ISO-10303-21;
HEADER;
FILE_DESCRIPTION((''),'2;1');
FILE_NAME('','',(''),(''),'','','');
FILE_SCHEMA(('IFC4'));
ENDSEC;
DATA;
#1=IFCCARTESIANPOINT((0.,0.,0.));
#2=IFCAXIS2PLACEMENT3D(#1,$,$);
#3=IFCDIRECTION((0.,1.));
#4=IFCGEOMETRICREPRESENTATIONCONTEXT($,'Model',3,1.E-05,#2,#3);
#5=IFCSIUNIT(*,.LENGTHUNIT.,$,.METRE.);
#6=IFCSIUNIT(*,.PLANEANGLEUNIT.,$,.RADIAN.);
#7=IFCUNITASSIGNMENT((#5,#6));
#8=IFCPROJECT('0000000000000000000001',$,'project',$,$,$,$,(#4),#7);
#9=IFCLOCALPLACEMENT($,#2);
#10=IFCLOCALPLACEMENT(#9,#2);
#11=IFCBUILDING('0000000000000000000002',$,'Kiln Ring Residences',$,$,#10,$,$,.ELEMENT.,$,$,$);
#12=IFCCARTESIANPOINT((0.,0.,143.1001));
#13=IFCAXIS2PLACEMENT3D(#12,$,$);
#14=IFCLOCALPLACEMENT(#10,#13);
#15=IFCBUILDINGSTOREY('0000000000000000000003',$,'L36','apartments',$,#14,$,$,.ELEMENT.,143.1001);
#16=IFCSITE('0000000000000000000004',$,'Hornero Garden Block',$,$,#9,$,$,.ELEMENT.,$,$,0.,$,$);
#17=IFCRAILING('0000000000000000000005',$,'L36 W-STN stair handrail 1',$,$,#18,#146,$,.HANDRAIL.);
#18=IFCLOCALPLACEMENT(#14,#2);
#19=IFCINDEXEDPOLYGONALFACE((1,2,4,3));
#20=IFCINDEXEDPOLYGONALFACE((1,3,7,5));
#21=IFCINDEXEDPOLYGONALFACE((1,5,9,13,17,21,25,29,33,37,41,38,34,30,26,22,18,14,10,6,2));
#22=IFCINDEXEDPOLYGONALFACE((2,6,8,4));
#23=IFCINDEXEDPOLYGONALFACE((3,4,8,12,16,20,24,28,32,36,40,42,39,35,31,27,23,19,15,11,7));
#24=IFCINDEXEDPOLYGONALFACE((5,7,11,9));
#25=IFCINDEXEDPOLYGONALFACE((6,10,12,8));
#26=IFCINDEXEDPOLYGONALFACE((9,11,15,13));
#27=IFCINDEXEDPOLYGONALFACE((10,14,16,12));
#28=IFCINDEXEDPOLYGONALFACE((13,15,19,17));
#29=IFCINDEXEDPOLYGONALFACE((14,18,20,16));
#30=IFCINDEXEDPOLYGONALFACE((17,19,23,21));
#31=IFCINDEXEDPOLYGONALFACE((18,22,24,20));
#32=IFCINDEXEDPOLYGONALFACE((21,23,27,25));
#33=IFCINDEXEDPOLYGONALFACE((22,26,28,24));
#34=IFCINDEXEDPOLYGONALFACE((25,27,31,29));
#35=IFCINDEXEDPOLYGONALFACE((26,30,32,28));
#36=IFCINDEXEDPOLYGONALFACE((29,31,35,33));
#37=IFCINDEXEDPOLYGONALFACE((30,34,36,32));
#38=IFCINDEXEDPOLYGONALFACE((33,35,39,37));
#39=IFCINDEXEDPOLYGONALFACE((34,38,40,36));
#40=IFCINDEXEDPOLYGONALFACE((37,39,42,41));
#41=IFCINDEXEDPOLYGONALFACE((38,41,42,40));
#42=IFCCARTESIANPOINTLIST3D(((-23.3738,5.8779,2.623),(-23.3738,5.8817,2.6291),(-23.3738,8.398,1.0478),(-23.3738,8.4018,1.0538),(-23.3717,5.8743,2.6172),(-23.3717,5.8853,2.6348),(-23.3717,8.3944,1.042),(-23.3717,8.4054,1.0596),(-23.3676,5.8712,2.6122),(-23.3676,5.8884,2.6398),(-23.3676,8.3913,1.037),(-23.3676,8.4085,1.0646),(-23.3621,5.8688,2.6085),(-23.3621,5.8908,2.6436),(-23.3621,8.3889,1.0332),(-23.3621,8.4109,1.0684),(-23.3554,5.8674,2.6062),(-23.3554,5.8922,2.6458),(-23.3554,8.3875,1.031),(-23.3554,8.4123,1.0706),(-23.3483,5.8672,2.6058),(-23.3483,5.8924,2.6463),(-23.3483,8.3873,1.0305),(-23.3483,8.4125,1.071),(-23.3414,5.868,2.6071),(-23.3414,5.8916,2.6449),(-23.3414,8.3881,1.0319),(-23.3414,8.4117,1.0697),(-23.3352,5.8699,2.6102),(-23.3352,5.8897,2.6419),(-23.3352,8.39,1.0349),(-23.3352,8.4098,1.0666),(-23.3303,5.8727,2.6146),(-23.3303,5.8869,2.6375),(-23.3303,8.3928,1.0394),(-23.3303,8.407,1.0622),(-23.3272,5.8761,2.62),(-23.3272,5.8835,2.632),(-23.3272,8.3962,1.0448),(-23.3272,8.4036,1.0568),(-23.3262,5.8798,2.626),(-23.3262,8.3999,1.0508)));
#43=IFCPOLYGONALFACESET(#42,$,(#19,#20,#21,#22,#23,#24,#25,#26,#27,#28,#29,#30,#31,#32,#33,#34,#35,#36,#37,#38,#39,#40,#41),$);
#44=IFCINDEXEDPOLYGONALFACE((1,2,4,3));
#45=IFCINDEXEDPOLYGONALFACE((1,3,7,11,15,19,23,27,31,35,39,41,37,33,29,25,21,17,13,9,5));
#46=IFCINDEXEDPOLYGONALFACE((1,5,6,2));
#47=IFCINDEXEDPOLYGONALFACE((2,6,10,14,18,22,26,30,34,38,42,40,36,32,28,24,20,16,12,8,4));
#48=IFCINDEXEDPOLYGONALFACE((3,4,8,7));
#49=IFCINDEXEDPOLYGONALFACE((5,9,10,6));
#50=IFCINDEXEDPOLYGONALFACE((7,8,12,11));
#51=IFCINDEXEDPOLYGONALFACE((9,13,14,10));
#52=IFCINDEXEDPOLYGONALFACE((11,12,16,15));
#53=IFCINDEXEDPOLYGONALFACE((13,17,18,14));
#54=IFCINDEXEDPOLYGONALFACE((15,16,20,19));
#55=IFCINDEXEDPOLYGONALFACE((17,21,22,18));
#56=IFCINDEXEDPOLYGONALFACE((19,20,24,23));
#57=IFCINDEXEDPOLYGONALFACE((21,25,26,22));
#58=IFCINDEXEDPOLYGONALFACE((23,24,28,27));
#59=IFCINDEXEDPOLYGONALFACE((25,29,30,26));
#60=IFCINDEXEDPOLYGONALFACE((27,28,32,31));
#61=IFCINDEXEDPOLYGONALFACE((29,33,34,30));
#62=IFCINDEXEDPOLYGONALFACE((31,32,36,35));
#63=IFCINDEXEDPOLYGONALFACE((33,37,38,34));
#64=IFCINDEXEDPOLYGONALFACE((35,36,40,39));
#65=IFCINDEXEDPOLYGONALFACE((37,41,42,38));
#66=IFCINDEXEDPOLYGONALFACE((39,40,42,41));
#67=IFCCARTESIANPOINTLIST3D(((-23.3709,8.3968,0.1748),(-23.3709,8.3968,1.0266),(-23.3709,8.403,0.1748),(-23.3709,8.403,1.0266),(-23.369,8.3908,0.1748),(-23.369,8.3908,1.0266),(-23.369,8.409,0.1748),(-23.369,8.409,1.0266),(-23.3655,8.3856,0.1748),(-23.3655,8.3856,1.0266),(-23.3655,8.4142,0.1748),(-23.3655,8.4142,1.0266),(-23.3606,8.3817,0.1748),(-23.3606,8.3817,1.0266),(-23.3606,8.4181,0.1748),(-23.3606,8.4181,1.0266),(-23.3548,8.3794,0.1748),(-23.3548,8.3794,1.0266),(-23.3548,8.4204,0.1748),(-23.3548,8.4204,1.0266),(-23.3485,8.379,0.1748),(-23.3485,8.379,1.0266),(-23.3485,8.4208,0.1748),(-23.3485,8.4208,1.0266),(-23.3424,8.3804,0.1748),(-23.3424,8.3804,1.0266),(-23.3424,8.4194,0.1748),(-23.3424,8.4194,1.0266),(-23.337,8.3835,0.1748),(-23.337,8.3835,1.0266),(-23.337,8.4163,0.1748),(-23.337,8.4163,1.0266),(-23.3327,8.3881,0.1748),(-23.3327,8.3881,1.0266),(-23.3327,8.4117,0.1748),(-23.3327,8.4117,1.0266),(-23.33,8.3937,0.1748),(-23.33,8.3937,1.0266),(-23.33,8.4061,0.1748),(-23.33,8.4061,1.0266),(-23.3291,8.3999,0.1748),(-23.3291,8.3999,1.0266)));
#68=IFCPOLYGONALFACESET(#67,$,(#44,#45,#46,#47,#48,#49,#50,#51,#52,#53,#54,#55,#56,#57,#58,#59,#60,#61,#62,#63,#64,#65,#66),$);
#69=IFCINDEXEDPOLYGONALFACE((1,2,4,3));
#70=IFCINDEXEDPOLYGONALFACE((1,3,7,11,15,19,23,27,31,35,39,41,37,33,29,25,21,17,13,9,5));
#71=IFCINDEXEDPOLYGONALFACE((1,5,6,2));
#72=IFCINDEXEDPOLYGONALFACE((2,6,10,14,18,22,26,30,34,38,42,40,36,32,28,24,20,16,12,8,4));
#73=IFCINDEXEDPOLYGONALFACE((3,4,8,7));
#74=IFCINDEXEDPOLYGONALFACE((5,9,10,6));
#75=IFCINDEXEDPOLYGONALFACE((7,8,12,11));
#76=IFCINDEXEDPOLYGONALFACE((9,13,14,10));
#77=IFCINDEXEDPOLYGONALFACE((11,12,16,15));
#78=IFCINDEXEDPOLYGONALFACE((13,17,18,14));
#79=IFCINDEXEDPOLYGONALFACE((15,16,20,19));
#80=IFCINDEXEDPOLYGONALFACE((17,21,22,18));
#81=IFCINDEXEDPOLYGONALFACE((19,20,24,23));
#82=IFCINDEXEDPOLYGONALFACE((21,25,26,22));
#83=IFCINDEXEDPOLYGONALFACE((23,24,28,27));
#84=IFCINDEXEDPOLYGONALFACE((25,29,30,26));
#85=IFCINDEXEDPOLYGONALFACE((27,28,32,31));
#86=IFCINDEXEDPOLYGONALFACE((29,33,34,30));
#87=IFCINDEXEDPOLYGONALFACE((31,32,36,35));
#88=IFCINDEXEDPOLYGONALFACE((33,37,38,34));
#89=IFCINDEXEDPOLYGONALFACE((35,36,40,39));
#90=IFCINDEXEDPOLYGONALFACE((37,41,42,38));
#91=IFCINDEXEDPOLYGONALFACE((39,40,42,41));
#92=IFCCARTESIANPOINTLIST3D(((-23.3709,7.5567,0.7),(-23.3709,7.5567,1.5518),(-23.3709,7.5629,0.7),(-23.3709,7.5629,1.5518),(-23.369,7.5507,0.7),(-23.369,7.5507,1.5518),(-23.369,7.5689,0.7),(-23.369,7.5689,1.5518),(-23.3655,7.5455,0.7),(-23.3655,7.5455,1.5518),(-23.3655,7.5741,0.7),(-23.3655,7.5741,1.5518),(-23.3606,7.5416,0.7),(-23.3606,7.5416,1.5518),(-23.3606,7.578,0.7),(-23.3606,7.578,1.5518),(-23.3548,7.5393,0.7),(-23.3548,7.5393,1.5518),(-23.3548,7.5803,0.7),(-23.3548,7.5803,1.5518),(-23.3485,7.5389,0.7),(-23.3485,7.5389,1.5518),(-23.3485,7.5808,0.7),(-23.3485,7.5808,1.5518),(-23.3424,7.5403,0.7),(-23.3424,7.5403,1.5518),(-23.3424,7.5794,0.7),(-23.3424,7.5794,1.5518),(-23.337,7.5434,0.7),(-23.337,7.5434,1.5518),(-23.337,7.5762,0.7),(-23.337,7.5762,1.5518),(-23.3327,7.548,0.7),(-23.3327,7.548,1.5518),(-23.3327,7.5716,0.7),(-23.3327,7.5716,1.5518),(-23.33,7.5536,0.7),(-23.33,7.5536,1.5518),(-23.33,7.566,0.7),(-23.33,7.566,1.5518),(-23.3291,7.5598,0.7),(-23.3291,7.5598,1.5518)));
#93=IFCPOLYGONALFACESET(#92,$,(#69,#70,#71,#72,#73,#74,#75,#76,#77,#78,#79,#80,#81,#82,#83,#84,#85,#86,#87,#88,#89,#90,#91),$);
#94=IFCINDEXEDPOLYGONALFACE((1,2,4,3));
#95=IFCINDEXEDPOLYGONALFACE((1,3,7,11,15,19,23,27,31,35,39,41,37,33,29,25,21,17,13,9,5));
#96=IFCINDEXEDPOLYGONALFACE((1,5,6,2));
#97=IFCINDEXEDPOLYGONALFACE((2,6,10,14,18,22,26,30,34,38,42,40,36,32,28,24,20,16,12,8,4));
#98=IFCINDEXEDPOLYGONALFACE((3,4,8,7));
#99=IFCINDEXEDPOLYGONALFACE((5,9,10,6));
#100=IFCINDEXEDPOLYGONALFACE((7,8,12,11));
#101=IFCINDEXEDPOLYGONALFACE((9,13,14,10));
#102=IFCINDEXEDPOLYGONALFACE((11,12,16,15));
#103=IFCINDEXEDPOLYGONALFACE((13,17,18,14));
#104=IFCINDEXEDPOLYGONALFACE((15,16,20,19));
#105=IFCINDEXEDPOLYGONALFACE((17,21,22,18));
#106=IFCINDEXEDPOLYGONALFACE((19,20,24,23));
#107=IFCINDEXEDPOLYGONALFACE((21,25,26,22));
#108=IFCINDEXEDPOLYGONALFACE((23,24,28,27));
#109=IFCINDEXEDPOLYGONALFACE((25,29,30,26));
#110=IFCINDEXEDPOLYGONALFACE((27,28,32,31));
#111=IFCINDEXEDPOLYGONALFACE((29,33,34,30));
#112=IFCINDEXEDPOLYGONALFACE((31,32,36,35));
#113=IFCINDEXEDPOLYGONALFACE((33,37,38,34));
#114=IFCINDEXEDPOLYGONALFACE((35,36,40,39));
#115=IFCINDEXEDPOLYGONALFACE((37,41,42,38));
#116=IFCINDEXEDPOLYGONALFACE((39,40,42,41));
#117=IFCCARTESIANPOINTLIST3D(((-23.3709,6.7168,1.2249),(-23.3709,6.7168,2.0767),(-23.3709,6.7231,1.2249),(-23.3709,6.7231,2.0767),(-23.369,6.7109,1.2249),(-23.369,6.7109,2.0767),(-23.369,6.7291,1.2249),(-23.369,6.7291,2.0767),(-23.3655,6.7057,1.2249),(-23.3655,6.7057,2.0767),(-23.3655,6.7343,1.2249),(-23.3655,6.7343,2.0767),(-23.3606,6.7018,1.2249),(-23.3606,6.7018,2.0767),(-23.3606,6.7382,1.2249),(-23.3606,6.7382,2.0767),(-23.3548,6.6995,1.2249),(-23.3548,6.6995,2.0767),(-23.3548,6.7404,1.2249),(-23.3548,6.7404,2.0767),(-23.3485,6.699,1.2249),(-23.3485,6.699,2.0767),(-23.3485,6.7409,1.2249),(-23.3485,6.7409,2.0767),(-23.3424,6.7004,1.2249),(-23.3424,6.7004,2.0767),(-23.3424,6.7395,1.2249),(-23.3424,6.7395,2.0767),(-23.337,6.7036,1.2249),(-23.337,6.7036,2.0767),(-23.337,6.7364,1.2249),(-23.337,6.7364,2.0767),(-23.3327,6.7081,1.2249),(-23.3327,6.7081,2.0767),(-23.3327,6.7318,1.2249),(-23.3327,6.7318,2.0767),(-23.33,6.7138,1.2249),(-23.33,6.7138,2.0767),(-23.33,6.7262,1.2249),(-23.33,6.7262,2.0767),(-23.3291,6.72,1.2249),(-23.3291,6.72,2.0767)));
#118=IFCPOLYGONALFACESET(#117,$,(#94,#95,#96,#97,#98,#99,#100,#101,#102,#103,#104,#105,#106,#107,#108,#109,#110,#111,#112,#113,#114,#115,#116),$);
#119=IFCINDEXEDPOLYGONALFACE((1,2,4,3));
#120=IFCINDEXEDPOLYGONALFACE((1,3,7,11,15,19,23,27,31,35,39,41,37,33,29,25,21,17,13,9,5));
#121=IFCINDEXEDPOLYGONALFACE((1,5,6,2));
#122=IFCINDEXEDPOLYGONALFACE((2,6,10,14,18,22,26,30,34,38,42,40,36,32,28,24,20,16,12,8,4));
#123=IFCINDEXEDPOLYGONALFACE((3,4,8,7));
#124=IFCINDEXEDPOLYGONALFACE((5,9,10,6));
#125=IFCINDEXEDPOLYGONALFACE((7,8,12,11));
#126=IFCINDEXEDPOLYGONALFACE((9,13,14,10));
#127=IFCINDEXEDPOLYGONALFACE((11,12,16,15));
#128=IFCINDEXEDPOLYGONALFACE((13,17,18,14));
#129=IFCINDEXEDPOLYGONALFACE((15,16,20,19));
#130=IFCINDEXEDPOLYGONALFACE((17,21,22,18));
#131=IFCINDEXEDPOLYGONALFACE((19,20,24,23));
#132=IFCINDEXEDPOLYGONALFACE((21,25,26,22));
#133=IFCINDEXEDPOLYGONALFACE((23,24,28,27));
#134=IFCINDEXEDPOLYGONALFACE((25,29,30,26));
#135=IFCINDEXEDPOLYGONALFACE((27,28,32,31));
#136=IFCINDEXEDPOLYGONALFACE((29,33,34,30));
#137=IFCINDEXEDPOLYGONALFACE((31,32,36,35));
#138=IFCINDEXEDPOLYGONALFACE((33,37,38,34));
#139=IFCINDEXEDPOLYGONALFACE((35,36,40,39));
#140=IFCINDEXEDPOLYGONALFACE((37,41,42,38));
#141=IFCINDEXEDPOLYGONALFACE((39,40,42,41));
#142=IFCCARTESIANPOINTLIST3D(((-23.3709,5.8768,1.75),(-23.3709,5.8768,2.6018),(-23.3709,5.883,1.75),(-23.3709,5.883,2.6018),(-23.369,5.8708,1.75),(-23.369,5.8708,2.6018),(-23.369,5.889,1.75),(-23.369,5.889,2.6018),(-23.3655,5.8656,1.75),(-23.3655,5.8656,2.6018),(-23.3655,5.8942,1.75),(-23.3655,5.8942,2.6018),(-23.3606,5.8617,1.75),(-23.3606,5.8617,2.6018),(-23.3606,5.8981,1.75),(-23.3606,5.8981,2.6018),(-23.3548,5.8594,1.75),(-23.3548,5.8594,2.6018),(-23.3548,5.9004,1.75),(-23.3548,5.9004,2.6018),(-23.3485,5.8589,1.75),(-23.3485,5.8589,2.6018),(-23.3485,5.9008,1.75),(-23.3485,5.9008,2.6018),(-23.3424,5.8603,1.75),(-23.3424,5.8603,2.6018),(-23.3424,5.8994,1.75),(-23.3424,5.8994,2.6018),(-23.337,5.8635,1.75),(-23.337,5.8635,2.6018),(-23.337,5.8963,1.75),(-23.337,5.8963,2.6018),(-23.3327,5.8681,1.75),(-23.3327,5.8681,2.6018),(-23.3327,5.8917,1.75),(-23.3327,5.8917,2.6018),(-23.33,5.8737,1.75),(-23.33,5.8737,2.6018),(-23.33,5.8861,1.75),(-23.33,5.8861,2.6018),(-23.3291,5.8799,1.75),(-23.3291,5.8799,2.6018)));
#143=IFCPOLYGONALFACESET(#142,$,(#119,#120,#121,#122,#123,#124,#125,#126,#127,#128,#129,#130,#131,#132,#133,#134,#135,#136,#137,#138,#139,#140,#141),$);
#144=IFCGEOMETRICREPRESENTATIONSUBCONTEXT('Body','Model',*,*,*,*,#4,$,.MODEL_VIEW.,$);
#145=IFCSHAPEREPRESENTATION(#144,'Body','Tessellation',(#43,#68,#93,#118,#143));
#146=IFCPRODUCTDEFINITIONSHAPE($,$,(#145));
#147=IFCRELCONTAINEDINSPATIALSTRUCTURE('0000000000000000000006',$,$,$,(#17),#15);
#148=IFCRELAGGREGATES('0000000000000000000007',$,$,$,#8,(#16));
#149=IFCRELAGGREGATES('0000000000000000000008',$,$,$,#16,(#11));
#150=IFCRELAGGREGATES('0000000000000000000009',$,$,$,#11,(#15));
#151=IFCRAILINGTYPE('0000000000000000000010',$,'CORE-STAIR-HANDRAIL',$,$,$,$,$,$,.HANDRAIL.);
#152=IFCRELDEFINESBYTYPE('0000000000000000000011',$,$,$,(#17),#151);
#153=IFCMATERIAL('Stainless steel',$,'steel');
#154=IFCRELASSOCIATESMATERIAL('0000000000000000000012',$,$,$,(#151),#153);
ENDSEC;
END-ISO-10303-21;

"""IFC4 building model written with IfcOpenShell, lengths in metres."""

from ifc_helpers import new_model, si_unit, direction, frame, origin, origin_2d, place, context, subcontext, project, spatial, circle, extrude, material, type_object, element, save


model = new_model("IFC4")

# Units and contexts
model_context = context("Model", 3, precision=1e-05, world=origin(), true_north=direction((0.0, 1.0)))
body_context = subcontext(model_context, "Body", "Model", "MODEL_VIEW")
ifc_project = project(units=[si_unit("LENGTHUNIT", "METRE"), si_unit("PLANEANGLEUNIT", "RADIAN")], contexts=[model_context])

# Site, building, storey
site_placement = place(None, origin())
site = spatial("IfcSite", under=ifc_project, at=site_placement, Name="Hornero Garden Block", CompositionType="ELEMENT", RefElevation=0.0)
building_placement = place(site_placement, origin())
building = spatial("IfcBuilding", under=site, at=building_placement, Name="Kiln Ring Residences", CompositionType="ELEMENT")
storey_placement = place(building_placement, frame((0.0, 0.0, 143.1001)))
storey = spatial("IfcBuildingStorey", under=building, at=storey_placement, Name="L36", Description="apartments", CompositionType="ELEMENT", Elevation=143.1001)

# Railing
ifc_material_1 = material(Name="Stainless steel", Category="steel")
railing_type_1 = type_object("IfcRailingType", Name="CORE-STAIR-HANDRAIL", PredefinedType="HANDRAIL", material=ifc_material_1)
railing_1_placement = place(storey_placement, frame((-23.3501, 8.3999, 0.1748)))
element("IfcRailing", 1, at=railing_1_placement, inside=storey, type_object=railing_type_1, Name="L36 W-STN stair handrail 1", PredefinedType="HANDRAIL", context=body_context, shape_type="SweptSolid", body=[
    extrude(circle(Radius=0.0239, at=origin_2d()), frame((0.0, 0.0, 0.876), z_axis=(0.0, -0.847971, 0.530043), x_axis=(1.0, 0.0, 0.0)), (0.0, 0.0, 1.0), 2.9719),
    extrude(circle(Radius=0.021, at=origin_2d()), origin(), (0.0, 0.0, 1.0), 0.8518),
    extrude(circle(Radius=0.021, at=origin_2d()), frame((0.0, -0.8401, 0.5251)), (0.0, 0.0, 1.0), 0.8518),
    extrude(circle(Radius=0.021, at=origin_2d()), frame((0.0, -1.6799, 1.05)), (0.0, 0.0, 1.0), 0.8518),
    extrude(circle(Radius=0.021, at=origin_2d()), frame((0.0, -2.52, 1.5752)), (0.0, 0.0, 1.0), 0.8518),
])

save(model, "model.ifc")
